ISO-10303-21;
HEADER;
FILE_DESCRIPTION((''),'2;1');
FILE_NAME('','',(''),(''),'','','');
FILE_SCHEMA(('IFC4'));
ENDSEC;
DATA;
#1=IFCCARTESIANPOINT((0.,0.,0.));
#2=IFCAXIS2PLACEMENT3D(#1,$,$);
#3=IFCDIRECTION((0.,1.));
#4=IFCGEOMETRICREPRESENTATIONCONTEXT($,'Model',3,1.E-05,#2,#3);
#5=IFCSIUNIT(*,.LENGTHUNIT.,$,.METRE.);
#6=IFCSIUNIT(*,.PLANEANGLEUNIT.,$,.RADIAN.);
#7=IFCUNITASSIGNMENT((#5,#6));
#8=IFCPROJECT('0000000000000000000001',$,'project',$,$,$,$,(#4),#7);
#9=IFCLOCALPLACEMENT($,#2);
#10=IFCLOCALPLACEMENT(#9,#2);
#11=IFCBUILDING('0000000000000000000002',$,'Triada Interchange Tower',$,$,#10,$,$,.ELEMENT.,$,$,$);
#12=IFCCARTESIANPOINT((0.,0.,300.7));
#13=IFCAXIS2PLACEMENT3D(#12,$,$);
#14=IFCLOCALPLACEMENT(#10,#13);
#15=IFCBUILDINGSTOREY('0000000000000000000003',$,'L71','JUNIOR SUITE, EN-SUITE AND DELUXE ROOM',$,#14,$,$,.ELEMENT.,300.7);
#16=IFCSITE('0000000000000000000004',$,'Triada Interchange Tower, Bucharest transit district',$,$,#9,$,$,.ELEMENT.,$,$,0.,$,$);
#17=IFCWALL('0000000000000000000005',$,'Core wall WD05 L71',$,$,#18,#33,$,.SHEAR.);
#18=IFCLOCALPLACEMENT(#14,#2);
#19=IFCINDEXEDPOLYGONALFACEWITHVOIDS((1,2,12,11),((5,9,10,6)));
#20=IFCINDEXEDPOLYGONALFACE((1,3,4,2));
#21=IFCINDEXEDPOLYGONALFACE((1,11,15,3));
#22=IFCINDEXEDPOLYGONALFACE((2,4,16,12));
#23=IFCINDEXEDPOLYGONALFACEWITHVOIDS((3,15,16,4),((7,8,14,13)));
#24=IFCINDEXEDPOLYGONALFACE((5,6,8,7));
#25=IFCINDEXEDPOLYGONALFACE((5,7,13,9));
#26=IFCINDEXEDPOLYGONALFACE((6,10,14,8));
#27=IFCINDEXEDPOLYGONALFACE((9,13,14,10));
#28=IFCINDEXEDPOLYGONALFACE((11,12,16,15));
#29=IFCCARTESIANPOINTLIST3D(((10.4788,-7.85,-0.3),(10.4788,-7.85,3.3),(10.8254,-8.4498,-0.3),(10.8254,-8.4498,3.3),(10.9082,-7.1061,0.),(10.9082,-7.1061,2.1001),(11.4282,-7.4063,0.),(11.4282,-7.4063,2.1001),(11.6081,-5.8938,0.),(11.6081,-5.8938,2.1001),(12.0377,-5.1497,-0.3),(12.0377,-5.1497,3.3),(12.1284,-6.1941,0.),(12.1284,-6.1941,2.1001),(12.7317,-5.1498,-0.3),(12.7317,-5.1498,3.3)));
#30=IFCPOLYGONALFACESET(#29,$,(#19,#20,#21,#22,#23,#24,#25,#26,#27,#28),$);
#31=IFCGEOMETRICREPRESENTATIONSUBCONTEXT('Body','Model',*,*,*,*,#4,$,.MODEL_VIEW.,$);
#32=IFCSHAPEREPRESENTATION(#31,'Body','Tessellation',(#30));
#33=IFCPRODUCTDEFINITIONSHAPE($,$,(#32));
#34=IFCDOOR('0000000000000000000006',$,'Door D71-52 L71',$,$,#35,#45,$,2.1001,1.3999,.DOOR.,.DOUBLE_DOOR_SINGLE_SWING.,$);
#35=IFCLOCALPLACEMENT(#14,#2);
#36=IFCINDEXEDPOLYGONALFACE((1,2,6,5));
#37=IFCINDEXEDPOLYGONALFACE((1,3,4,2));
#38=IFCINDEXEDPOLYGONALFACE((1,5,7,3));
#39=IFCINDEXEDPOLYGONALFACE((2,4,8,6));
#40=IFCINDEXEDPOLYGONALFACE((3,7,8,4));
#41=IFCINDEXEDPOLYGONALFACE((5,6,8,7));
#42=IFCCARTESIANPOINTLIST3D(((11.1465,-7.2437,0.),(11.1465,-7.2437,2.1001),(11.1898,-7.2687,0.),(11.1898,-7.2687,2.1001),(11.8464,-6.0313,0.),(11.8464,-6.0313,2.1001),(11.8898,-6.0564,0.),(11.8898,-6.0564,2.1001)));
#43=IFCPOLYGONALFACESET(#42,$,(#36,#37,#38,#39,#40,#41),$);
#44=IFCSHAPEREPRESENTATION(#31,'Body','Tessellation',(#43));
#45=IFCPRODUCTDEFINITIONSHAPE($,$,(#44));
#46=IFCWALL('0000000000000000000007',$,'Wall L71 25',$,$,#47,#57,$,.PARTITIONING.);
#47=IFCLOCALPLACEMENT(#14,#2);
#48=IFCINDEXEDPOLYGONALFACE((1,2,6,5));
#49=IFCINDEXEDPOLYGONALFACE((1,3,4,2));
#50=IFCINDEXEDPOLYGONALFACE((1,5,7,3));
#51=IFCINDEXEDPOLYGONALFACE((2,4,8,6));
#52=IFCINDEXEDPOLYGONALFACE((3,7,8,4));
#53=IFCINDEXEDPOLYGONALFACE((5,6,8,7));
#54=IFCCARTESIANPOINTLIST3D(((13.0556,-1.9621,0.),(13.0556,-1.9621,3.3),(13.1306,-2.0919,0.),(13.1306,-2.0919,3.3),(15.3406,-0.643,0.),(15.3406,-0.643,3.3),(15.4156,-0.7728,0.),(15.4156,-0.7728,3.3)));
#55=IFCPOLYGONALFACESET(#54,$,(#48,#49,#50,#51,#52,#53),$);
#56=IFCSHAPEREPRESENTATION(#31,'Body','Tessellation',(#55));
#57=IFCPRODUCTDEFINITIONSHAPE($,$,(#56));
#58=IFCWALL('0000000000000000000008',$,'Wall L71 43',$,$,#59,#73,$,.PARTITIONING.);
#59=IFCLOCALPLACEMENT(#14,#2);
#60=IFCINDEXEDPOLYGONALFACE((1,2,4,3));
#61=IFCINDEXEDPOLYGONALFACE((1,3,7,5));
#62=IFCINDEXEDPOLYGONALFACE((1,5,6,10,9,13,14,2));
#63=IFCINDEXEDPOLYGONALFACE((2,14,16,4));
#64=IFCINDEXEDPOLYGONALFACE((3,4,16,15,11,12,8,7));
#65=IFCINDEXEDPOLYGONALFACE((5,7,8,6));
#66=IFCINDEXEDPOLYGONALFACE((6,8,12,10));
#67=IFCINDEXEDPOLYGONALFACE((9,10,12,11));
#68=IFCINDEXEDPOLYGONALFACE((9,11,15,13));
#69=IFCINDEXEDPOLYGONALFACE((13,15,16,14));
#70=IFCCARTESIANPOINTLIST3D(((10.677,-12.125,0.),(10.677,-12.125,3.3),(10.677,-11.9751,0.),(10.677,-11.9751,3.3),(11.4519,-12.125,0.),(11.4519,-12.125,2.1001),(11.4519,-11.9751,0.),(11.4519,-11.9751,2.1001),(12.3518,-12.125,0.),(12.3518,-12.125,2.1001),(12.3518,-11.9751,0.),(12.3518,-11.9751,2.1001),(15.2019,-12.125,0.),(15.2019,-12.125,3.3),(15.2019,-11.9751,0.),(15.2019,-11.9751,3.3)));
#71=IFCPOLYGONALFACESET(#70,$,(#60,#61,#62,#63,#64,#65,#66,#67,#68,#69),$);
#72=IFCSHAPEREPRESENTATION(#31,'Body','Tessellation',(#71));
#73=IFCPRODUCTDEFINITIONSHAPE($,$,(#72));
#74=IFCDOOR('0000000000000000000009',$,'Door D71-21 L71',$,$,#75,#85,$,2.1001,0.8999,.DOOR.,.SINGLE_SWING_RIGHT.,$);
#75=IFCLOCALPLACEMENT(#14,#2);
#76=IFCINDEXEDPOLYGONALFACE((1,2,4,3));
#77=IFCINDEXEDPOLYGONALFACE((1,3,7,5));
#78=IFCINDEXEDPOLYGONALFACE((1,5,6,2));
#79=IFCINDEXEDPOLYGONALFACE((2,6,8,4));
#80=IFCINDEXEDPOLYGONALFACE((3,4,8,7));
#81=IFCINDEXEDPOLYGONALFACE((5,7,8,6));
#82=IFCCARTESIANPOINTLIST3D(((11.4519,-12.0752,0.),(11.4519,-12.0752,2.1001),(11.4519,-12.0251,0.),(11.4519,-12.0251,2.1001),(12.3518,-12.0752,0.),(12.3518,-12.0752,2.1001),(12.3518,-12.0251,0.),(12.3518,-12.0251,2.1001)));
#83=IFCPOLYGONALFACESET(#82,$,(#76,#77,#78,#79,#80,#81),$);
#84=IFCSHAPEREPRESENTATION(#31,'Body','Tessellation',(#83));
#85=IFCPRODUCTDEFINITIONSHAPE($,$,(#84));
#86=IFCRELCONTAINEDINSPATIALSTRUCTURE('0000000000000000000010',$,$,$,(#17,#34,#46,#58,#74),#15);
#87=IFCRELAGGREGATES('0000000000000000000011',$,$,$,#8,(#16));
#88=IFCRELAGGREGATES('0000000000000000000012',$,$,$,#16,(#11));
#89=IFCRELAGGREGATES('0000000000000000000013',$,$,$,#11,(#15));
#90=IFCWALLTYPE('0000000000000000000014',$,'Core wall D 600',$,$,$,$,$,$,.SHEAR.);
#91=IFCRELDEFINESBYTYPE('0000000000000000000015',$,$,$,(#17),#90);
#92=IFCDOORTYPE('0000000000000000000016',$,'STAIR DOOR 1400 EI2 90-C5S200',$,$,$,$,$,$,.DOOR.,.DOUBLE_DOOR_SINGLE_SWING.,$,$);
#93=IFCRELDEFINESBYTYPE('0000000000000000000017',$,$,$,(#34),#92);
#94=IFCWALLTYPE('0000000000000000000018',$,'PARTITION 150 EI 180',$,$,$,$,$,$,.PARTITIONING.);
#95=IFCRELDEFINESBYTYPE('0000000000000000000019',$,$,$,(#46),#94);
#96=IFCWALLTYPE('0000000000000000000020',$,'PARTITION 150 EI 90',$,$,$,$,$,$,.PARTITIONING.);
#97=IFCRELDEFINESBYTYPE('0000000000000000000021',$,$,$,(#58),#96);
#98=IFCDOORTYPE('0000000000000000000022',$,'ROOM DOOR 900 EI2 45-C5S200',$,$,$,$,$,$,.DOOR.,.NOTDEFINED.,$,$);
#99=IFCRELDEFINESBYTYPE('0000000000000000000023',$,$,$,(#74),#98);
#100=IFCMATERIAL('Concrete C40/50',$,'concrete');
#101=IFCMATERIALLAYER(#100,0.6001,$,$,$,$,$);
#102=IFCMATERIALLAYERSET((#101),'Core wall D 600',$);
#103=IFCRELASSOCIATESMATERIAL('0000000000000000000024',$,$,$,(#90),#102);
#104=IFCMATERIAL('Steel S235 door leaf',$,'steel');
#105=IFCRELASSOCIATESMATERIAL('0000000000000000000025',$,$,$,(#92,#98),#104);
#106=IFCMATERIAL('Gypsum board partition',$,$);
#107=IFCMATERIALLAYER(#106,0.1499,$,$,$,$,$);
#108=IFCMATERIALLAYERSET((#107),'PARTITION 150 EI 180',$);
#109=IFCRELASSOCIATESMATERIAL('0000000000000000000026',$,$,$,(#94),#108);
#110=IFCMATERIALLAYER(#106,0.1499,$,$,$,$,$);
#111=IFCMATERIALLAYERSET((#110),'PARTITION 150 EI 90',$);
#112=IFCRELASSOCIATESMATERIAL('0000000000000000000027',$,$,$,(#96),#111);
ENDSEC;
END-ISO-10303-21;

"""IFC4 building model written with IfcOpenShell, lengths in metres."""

from ifc_helpers import new_model, si_unit, direction, frame, frame_2d, origin, place, context, subcontext, project, spatial, polyline, rectangle, outline, extrude, material, layer, layer_set, type_object, element, fill, save


model = new_model("IFC4")

# Units and contexts
model_context = context("Model", 3, precision=1e-05, world=origin(), true_north=direction((0.0, 1.0)))
body_context = subcontext(model_context, "Body", "Model", "MODEL_VIEW")
ifc_project = project(units=[si_unit("LENGTHUNIT", "METRE"), si_unit("PLANEANGLEUNIT", "RADIAN")], contexts=[model_context])

# Site, building, storey
site_placement = place(None, origin())
site = spatial("IfcSite", under=ifc_project, at=site_placement, Name="Triada Interchange Tower, Bucharest transit district", CompositionType="ELEMENT", RefElevation=0.0)
building_placement = place(site_placement, origin())
building = spatial("IfcBuilding", under=site, at=building_placement, Name="Triada Interchange Tower", CompositionType="ELEMENT")
storey_placement = place(building_placement, frame((0.0, 0.0, 300.7)))
storey = spatial("IfcBuildingStorey", under=building, at=storey_placement, Name="L71", Description="JUNIOR SUITE, EN-SUITE AND DELUXE ROOM", CompositionType="ELEMENT", Elevation=300.7)

# Shared definitions
ifc_material_1 = material(Name="Steel S235 door leaf", Category="steel")

# Wall, opening, door
ifc_material_2 = material(Name="Concrete C40/50", Category="concrete")
ifc_layer_1 = layer(ifc_material_2, 0.6001)
ifc_layer_set_1 = layer_set([ifc_layer_1], Name="Core wall D 600")
wall_type_1 = type_object("IfcWallType", Name="Core wall D 600", PredefinedType="SHEAR", material=ifc_layer_set_1)
wall_1_placement = place(storey_placement, frame((10.6521, -8.1499, -0.3), z_axis=(0.0, 0.0, 1.0), x_axis=(0.499975, 0.86604, 0.0)))
wall_1 = element("IfcWall", 1, at=wall_1_placement, inside=storey, type_object=wall_type_1, Name="Core wall WD05 L71", PredefinedType="SHEAR", context=body_context, shape_type="SweptSolid", body=[
    extrude(outline(polyline([(-0.1731, -0.3), (1.7324, -0.3005), (3.6379, -0.301), (3.291, 0.3), (1.7319, 0.3), (0.1731, 0.3), (-0.1731, -0.3)])), origin(), (0.0, 0.0, 1.0), 3.6001),
])
opening_1_placement = place(wall_1_placement, frame((1.032, 0.0, 0.3)))
opening_1 = element("IfcOpeningElement", 2, at=opening_1_placement, cuts=wall_1, PredefinedType="OPENING", context=body_context, shape_type="SweptSolid", body=[
    extrude(rectangle(XDim=1.3999, YDim=2.1001, at=frame_2d((0.7, 1.05))), frame((0.0, 0.3101, 0.0), z_axis=(0.0, -1.0, 0.0), x_axis=(1.0, 0.0, 0.0)), (0.0, 0.0, 1.0), 0.6211),
])
door_type_1 = type_object("IfcDoorType", Name="STAIR DOOR 1400 EI2 90-C5S200", OperationType="DOUBLE_DOOR_SINGLE_SWING", PredefinedType="DOOR", material=ifc_material_1)
door_1_placement = place(opening_1_placement, origin())
door_1 = element("IfcDoor", 3, at=door_1_placement, inside=storey, type_object=door_type_1, Name="Door D71-52 L71", OperationType="DOUBLE_DOOR_SINGLE_SWING", OverallHeight=2.1001, OverallWidth=1.3999, PredefinedType="DOOR", context=body_context, shape_type="SweptSolid", body=[
    extrude(rectangle(XDim=1.3999, YDim=2.1001, at=frame_2d((0.7, 1.05))), frame((0.0, 0.0249, 0.0), z_axis=(0.0, -1.0, 0.0), x_axis=(1.0, 0.0, 0.0)), (0.0, 0.0, 1.0), 0.05),
])
fill(opening_1, door_1)

# Wall
ifc_material_3 = material(Name="Gypsum board partition")
ifc_layer_2 = layer(ifc_material_3, 0.1499)
ifc_layer_set_2 = layer_set([ifc_layer_2], Name="PARTITION 150 EI 180")
wall_type_2 = type_object("IfcWallType", Name="PARTITION 150 EI 180", PredefinedType="PARTITIONING", material=ifc_layer_set_2)
wall_2_placement = place(storey_placement, frame((13.093, -2.0271, 0.0), z_axis=(0.0, 0.0, 1.0), x_axis=(0.866042, 0.499971, 0.0)))
element("IfcWall", 4, at=wall_2_placement, inside=storey, type_object=wall_type_2, Name="Wall L71 25", PredefinedType="PARTITIONING", context=body_context, shape_type="SweptSolid", body=[
    extrude(rectangle(XDim=2.6384, YDim=0.1499, at=frame_2d((1.3193, 0.0))), origin(), (0.0, 0.0, 1.0), 3.3),
])

# Wall, opening, door
ifc_layer_3 = layer(ifc_material_3, 0.1499)
ifc_layer_set_3 = layer_set([ifc_layer_3], Name="PARTITION 150 EI 90")
wall_type_3 = type_object("IfcWallType", Name="PARTITION 150 EI 90", PredefinedType="PARTITIONING", material=ifc_layer_set_3)
wall_3_placement = place(storey_placement, frame((10.677, -12.05, 0.0), z_axis=(0.0, 0.0, 1.0), x_axis=(1.0, 0.0, 0.0)))
wall_3 = element("IfcWall", 5, at=wall_3_placement, inside=storey, type_object=wall_type_3, Name="Wall L71 43", PredefinedType="PARTITIONING", context=body_context, shape_type="SweptSolid", body=[
    extrude(rectangle(XDim=4.5249, YDim=0.1499, at=frame_2d((2.2625, 0.0))), origin(), (0.0, 0.0, 1.0), 3.3),
])
opening_2_placement = place(wall_3_placement, frame((0.7749, 0.0, 0.0)))
opening_2 = element("IfcOpeningElement", 6, at=opening_2_placement, cuts=wall_3, PredefinedType="OPENING", context=body_context, shape_type="SweptSolid", body=[
    extrude(rectangle(XDim=0.8999, YDim=2.1001, at=frame_2d((0.45, 1.05))), frame((0.0, 0.085, 0.0), z_axis=(0.0, -1.0, 0.0), x_axis=(1.0, 0.0, 0.0)), (0.0, 0.0, 1.0), 0.1699),
])
door_type_2 = type_object("IfcDoorType", Name="ROOM DOOR 900 EI2 45-C5S200", OperationType="NOTDEFINED", PredefinedType="DOOR", material=ifc_material_1)
door_2_placement = place(opening_2_placement, origin())
door_2 = element("IfcDoor", 7, at=door_2_placement, inside=storey, type_object=door_type_2, Name="Door D71-21 L71", OperationType="SINGLE_SWING_RIGHT", OverallHeight=2.1001, OverallWidth=0.8999, PredefinedType="DOOR", context=body_context, shape_type="SweptSolid", body=[
    extrude(rectangle(XDim=0.8999, YDim=2.1001, at=frame_2d((0.45, 1.05))), frame((0.0, 0.0249, 0.0), z_axis=(0.0, -1.0, 0.0), x_axis=(1.0, 0.0, 0.0)), (0.0, 0.0, 1.0), 0.05),
])
fill(opening_2, door_2)

save(model, "model.ifc")
